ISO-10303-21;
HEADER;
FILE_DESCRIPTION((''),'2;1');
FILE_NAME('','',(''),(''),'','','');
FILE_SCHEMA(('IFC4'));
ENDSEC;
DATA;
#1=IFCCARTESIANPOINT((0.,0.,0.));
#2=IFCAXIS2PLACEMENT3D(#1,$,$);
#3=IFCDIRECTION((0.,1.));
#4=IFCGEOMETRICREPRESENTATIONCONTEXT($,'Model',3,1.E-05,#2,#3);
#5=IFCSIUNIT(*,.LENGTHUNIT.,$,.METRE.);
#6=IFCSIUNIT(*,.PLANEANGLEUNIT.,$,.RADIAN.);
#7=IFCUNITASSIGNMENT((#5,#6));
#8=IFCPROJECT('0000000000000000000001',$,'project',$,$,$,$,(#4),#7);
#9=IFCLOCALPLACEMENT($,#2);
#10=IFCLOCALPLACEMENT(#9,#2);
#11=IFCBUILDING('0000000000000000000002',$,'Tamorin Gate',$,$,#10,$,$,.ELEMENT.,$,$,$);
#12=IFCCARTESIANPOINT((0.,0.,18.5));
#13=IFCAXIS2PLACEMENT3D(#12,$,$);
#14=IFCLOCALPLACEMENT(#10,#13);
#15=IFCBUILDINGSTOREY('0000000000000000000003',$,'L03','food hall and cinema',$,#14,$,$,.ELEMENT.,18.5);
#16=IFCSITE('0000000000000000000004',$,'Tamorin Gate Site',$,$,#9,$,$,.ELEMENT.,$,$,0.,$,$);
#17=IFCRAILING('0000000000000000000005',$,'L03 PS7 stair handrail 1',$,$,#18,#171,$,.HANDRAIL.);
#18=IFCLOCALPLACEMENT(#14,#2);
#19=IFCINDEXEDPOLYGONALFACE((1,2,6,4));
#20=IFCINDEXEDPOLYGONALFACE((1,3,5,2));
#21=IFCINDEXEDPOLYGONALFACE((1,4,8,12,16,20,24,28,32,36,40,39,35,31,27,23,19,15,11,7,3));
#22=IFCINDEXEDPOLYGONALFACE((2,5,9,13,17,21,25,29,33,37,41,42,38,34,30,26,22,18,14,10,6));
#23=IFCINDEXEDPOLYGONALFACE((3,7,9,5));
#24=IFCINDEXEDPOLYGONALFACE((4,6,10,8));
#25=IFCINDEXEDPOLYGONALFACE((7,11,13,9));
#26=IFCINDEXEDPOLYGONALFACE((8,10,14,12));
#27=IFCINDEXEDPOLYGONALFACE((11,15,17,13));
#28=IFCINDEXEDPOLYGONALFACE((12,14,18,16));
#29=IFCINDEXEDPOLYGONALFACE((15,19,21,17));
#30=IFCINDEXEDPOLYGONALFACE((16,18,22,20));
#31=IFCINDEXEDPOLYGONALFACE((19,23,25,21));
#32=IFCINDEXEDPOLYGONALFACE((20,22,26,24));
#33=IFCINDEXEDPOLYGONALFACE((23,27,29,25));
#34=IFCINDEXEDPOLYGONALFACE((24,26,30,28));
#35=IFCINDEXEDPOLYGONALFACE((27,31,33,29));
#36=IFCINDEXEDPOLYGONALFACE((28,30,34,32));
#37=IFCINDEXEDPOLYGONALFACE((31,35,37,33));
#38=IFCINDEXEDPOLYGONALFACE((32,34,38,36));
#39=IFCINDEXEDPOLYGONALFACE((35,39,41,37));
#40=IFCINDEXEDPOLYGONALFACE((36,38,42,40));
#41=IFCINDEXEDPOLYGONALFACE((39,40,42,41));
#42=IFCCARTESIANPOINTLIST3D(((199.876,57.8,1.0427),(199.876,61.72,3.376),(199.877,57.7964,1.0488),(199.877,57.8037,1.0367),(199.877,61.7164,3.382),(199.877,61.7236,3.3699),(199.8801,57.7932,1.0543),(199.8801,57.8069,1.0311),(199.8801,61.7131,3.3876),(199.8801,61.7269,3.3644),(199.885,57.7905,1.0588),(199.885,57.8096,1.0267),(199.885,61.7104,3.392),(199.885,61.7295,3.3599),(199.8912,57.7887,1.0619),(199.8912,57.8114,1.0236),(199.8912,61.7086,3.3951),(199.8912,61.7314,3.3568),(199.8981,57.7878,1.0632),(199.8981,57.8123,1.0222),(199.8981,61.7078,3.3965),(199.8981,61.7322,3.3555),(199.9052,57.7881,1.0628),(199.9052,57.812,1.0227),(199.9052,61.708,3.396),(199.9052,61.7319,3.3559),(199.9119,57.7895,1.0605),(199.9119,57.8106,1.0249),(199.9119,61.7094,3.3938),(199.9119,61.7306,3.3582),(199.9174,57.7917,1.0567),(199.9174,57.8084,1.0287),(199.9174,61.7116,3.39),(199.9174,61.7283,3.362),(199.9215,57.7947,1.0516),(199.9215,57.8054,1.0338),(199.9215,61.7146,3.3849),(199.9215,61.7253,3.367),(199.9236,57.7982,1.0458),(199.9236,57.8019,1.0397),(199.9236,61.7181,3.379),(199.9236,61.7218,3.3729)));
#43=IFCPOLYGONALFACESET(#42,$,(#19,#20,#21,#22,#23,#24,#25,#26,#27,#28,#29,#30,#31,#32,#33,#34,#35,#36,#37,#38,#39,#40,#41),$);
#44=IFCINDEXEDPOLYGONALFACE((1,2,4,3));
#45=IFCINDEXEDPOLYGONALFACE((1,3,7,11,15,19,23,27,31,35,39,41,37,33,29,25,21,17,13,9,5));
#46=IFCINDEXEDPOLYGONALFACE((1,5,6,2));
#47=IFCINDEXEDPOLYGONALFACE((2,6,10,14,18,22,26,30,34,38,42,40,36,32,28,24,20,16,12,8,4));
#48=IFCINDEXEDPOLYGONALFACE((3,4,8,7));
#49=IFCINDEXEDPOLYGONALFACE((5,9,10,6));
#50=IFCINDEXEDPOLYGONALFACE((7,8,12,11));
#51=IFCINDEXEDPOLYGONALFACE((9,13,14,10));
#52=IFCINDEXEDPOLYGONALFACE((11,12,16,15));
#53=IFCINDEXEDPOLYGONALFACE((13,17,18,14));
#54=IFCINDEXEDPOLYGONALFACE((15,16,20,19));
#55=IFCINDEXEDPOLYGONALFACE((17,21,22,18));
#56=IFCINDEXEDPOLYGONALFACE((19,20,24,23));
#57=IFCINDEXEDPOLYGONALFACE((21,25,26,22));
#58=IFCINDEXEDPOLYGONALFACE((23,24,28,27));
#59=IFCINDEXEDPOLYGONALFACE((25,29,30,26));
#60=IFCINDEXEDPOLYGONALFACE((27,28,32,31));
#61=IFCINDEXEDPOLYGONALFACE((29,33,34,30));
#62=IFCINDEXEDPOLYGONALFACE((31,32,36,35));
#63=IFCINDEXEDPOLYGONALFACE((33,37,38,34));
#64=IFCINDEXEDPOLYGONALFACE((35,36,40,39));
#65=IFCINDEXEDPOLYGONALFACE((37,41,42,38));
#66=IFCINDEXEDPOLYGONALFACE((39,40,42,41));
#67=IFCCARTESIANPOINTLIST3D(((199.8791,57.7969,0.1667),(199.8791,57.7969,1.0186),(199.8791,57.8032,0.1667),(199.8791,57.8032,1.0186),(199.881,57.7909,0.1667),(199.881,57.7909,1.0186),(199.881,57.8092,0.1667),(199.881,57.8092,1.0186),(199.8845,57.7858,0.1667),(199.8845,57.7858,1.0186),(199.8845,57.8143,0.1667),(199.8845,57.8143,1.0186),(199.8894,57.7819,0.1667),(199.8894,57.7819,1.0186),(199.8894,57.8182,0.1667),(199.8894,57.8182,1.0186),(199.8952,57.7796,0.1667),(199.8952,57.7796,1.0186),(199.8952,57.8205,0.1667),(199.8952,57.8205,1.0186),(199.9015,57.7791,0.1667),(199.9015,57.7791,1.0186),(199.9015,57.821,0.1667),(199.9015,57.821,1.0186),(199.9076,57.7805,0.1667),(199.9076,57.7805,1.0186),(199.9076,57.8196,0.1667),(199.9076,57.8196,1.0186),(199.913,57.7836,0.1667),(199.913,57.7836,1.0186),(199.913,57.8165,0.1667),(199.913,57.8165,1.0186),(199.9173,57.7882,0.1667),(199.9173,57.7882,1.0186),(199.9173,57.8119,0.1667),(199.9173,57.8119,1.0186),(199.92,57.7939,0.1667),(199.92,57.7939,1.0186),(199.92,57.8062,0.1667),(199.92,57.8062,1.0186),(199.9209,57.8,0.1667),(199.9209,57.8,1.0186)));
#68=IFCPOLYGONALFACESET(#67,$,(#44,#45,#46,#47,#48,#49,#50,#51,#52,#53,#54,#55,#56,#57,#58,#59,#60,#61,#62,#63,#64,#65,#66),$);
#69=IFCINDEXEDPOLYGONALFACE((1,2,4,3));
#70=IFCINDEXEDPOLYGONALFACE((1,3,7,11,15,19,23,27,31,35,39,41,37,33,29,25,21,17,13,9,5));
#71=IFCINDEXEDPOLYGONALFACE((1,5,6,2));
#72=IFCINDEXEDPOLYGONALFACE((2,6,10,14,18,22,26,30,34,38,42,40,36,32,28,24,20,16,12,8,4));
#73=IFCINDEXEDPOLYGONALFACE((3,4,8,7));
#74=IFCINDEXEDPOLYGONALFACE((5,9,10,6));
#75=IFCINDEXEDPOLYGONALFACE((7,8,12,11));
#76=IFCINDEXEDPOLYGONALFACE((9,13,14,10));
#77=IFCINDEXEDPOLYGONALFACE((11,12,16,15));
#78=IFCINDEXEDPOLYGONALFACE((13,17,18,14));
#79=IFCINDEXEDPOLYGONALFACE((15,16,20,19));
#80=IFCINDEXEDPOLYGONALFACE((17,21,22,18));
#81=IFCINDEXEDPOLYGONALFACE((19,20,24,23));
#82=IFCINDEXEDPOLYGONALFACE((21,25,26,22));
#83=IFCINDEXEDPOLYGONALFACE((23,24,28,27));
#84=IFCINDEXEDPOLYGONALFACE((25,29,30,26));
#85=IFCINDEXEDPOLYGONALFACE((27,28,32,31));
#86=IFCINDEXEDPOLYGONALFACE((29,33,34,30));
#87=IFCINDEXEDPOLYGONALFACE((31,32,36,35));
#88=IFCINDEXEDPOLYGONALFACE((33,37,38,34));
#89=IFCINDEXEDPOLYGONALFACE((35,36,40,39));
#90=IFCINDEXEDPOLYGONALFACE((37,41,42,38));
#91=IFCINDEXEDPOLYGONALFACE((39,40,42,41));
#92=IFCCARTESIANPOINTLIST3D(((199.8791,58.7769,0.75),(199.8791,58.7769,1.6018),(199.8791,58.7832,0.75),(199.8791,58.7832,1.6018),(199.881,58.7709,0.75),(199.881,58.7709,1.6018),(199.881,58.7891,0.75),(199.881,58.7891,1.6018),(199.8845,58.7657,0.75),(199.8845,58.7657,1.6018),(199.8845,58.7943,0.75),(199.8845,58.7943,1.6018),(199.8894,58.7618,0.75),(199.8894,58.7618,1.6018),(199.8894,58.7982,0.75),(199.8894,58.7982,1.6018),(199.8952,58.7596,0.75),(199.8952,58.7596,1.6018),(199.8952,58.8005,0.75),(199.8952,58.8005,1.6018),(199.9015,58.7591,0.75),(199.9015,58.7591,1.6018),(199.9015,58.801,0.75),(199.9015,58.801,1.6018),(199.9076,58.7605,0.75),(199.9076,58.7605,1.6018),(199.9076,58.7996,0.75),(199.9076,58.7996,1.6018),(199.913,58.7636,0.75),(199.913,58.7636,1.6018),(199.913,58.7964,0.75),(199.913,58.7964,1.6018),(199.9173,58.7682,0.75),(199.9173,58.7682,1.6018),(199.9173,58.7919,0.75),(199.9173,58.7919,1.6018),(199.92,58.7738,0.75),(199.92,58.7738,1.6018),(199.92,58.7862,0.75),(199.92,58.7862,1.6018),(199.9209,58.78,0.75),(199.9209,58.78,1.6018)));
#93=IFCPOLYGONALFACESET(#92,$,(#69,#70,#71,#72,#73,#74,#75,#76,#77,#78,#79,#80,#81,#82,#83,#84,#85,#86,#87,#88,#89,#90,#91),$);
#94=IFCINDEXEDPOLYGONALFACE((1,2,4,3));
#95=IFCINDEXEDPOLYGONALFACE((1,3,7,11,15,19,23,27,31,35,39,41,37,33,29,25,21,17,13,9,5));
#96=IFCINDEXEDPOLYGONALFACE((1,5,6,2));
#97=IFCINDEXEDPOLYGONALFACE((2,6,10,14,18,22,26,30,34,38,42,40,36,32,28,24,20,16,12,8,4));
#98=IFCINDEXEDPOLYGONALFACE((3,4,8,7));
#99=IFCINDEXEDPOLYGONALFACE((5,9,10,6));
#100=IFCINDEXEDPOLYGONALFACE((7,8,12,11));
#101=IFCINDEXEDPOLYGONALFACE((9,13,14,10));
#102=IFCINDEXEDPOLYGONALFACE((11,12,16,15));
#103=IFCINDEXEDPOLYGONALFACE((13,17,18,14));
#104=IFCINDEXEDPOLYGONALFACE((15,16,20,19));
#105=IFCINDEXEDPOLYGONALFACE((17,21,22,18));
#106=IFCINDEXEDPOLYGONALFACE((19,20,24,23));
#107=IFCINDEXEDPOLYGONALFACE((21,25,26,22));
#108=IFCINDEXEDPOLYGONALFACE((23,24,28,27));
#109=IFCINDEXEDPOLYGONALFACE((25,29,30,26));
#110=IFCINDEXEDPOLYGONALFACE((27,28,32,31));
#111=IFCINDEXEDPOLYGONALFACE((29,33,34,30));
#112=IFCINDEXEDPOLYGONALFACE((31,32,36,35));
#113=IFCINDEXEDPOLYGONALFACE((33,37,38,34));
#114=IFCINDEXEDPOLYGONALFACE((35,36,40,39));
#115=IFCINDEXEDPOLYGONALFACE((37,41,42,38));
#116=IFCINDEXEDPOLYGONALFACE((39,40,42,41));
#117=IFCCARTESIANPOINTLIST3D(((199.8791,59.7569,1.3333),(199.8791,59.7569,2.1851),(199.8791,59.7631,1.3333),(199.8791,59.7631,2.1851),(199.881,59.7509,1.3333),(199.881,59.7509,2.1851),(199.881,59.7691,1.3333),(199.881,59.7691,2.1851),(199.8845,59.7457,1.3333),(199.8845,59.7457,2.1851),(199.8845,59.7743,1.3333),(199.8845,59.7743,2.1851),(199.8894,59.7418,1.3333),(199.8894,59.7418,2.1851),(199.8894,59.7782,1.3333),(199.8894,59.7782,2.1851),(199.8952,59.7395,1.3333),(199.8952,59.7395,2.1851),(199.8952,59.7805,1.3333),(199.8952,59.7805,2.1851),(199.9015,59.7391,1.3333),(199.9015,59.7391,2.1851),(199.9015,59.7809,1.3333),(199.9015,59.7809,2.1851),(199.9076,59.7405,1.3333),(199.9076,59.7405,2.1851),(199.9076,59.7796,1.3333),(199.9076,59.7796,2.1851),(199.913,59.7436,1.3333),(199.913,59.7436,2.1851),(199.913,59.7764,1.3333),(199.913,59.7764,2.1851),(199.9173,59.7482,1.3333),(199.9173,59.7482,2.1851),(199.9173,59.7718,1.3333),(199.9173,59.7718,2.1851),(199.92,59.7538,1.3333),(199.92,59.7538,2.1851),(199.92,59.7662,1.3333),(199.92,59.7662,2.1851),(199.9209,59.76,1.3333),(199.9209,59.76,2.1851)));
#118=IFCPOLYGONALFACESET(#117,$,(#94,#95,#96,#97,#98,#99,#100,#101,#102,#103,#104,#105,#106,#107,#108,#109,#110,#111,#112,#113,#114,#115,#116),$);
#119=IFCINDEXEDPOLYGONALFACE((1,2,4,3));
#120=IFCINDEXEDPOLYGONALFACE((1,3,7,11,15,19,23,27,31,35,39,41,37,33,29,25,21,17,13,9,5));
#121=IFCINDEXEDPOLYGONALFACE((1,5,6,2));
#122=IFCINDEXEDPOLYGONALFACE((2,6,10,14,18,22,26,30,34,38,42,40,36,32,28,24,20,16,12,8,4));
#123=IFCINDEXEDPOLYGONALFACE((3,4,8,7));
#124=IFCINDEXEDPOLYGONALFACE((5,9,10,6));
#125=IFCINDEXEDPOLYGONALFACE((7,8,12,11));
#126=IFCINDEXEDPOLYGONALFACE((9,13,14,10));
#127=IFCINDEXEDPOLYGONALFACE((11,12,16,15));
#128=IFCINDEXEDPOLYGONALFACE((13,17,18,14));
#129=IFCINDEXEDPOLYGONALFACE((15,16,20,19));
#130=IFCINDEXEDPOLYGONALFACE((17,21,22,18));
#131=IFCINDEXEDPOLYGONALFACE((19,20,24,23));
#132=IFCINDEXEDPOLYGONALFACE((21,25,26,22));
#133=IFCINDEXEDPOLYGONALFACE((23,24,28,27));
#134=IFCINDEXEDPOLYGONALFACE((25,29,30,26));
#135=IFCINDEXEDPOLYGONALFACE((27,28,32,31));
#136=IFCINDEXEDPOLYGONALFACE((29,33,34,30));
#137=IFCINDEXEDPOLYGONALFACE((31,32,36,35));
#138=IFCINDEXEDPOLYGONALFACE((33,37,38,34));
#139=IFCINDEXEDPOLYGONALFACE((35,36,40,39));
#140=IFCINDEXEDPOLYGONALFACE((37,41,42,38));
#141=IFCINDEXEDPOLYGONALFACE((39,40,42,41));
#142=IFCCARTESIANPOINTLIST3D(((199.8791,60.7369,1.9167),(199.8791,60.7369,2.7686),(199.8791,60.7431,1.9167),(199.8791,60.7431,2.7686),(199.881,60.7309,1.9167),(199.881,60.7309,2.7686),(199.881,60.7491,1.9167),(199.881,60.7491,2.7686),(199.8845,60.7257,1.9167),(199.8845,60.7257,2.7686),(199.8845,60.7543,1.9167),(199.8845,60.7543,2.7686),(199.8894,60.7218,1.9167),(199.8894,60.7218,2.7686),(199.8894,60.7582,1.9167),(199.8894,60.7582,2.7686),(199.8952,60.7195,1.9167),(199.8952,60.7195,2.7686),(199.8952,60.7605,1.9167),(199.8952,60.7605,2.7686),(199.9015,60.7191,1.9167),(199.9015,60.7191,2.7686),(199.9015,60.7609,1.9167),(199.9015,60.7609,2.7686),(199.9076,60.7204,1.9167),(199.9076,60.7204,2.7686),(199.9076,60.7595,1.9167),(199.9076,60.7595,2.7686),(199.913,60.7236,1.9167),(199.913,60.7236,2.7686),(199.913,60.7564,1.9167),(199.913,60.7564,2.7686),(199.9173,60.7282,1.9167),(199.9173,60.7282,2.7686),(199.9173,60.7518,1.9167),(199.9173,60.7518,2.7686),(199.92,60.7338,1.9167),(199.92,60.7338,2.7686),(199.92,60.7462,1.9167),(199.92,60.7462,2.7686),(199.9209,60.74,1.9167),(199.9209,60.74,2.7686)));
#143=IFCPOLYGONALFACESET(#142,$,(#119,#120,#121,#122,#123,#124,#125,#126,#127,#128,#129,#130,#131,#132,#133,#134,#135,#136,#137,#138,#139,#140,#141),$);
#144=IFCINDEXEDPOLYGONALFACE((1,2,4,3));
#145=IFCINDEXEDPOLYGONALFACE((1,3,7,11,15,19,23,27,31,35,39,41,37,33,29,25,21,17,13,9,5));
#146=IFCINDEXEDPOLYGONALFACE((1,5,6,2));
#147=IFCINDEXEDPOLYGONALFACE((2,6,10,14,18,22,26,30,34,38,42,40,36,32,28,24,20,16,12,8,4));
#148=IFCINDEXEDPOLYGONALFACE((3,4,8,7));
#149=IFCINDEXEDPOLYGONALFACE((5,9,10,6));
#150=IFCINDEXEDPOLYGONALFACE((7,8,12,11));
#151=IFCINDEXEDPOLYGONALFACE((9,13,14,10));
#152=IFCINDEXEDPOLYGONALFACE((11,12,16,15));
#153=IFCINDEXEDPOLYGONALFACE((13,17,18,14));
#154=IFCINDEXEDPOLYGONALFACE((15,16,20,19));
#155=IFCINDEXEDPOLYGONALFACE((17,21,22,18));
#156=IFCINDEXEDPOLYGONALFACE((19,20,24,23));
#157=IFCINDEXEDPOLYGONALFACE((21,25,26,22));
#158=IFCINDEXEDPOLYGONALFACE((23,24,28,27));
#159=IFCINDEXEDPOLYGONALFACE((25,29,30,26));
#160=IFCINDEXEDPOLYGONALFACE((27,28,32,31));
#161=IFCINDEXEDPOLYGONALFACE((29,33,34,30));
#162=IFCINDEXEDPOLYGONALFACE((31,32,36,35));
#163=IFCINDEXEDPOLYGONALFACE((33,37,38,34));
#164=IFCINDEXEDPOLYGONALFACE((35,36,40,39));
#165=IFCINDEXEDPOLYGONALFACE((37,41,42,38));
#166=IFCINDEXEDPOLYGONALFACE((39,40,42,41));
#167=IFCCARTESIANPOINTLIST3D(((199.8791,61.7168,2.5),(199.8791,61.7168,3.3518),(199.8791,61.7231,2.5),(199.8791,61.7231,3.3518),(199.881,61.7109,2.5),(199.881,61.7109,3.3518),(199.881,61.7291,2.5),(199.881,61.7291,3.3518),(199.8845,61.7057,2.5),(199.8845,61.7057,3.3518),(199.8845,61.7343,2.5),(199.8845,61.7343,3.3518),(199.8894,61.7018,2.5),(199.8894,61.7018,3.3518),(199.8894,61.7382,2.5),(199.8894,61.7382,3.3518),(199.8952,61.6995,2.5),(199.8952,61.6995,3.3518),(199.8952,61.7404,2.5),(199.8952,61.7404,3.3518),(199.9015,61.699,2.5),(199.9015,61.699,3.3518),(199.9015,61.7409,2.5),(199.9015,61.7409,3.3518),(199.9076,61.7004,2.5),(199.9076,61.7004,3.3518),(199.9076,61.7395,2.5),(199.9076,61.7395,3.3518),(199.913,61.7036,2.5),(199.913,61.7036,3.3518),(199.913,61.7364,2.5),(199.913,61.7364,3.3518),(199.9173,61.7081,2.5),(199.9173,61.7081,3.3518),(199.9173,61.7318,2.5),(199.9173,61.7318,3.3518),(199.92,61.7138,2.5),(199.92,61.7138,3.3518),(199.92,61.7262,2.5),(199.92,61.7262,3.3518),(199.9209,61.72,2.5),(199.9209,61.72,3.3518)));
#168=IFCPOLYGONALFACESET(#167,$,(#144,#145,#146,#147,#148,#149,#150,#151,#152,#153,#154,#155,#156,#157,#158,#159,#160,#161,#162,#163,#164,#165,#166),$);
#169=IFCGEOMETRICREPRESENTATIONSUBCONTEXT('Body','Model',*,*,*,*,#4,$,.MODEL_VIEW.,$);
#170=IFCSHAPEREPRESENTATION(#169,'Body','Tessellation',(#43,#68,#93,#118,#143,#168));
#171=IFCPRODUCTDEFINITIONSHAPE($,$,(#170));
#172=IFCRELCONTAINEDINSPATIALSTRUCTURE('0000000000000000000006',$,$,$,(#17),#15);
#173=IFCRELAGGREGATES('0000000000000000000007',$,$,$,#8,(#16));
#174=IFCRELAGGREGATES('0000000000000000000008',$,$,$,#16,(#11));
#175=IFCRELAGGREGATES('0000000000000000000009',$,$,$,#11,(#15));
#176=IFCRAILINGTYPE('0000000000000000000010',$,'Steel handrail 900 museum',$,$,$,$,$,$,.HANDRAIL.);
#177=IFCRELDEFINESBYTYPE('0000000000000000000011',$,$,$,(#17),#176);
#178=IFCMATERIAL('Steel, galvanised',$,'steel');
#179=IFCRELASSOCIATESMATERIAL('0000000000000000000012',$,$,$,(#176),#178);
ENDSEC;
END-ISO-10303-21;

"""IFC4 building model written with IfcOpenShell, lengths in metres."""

from ifc_helpers import new_model, si_unit, direction, frame, origin, origin_2d, place, context, subcontext, project, spatial, circle, extrude, material, type_object, element, save


model = new_model("IFC4")

# Units and contexts
model_context = context("Model", 3, precision=1e-05, world=origin(), true_north=direction((0.0, 1.0)))
body_context = subcontext(model_context, "Body", "Model", "MODEL_VIEW")
ifc_project = project(units=[si_unit("LENGTHUNIT", "METRE"), si_unit("PLANEANGLEUNIT", "RADIAN")], contexts=[model_context])

# Site, building, storey
site_placement = place(None, origin())
site = spatial("IfcSite", under=ifc_project, at=site_placement, Name="Tamorin Gate Site", CompositionType="ELEMENT", RefElevation=0.0)
building_placement = place(site_placement, origin())
building = spatial("IfcBuilding", under=site, at=building_placement, Name="Tamorin Gate", CompositionType="ELEMENT")
storey_placement = place(building_placement, frame((0.0, 0.0, 18.5)))
storey = spatial("IfcBuildingStorey", under=building, at=storey_placement, Name="L03", Description="food hall and cinema", CompositionType="ELEMENT", Elevation=18.5)

# Railing
ifc_material_1 = material(Name="Steel, galvanised", Category="steel")
railing_type_1 = type_object("IfcRailingType", Name="Steel handrail 900 museum", PredefinedType="HANDRAIL", material=ifc_material_1)
railing_1_placement = place(storey_placement, frame((199.8999, 57.8, 0.1667)))
element("IfcRailing", 1, at=railing_1_placement, inside=storey, type_object=railing_type_1, Name="L03 PS7 stair handrail 1", PredefinedType="HANDRAIL", context=body_context, shape_type="SweptSolid", body=[
    extrude(circle(Radius=0.0239, at=origin_2d()), frame((0.0, 0.0, 0.876), z_axis=(0.0, 0.859296, 0.511478), x_axis=(-1.0, 0.0, 0.0)), (0.0, 0.0, 1.0), 4.5618),
    extrude(circle(Radius=0.021, at=origin_2d()), origin(), (0.0, 0.0, 1.0), 0.8518),
    extrude(circle(Radius=0.021, at=origin_2d()), frame((0.0, 0.98, 0.5833)), (0.0, 0.0, 1.0), 0.8518),
    extrude(circle(Radius=0.021, at=origin_2d()), frame((0.0, 1.96, 1.1665)), (0.0, 0.0, 1.0), 0.8518),
    extrude(circle(Radius=0.021, at=origin_2d()), frame((0.0, 2.9399, 1.75)), (0.0, 0.0, 1.0), 0.8518),
    extrude(circle(Radius=0.021, at=origin_2d()), frame((0.0, 3.9199, 2.3333)), (0.0, 0.0, 1.0), 0.8518),
])

save(model, "model.ifc")
